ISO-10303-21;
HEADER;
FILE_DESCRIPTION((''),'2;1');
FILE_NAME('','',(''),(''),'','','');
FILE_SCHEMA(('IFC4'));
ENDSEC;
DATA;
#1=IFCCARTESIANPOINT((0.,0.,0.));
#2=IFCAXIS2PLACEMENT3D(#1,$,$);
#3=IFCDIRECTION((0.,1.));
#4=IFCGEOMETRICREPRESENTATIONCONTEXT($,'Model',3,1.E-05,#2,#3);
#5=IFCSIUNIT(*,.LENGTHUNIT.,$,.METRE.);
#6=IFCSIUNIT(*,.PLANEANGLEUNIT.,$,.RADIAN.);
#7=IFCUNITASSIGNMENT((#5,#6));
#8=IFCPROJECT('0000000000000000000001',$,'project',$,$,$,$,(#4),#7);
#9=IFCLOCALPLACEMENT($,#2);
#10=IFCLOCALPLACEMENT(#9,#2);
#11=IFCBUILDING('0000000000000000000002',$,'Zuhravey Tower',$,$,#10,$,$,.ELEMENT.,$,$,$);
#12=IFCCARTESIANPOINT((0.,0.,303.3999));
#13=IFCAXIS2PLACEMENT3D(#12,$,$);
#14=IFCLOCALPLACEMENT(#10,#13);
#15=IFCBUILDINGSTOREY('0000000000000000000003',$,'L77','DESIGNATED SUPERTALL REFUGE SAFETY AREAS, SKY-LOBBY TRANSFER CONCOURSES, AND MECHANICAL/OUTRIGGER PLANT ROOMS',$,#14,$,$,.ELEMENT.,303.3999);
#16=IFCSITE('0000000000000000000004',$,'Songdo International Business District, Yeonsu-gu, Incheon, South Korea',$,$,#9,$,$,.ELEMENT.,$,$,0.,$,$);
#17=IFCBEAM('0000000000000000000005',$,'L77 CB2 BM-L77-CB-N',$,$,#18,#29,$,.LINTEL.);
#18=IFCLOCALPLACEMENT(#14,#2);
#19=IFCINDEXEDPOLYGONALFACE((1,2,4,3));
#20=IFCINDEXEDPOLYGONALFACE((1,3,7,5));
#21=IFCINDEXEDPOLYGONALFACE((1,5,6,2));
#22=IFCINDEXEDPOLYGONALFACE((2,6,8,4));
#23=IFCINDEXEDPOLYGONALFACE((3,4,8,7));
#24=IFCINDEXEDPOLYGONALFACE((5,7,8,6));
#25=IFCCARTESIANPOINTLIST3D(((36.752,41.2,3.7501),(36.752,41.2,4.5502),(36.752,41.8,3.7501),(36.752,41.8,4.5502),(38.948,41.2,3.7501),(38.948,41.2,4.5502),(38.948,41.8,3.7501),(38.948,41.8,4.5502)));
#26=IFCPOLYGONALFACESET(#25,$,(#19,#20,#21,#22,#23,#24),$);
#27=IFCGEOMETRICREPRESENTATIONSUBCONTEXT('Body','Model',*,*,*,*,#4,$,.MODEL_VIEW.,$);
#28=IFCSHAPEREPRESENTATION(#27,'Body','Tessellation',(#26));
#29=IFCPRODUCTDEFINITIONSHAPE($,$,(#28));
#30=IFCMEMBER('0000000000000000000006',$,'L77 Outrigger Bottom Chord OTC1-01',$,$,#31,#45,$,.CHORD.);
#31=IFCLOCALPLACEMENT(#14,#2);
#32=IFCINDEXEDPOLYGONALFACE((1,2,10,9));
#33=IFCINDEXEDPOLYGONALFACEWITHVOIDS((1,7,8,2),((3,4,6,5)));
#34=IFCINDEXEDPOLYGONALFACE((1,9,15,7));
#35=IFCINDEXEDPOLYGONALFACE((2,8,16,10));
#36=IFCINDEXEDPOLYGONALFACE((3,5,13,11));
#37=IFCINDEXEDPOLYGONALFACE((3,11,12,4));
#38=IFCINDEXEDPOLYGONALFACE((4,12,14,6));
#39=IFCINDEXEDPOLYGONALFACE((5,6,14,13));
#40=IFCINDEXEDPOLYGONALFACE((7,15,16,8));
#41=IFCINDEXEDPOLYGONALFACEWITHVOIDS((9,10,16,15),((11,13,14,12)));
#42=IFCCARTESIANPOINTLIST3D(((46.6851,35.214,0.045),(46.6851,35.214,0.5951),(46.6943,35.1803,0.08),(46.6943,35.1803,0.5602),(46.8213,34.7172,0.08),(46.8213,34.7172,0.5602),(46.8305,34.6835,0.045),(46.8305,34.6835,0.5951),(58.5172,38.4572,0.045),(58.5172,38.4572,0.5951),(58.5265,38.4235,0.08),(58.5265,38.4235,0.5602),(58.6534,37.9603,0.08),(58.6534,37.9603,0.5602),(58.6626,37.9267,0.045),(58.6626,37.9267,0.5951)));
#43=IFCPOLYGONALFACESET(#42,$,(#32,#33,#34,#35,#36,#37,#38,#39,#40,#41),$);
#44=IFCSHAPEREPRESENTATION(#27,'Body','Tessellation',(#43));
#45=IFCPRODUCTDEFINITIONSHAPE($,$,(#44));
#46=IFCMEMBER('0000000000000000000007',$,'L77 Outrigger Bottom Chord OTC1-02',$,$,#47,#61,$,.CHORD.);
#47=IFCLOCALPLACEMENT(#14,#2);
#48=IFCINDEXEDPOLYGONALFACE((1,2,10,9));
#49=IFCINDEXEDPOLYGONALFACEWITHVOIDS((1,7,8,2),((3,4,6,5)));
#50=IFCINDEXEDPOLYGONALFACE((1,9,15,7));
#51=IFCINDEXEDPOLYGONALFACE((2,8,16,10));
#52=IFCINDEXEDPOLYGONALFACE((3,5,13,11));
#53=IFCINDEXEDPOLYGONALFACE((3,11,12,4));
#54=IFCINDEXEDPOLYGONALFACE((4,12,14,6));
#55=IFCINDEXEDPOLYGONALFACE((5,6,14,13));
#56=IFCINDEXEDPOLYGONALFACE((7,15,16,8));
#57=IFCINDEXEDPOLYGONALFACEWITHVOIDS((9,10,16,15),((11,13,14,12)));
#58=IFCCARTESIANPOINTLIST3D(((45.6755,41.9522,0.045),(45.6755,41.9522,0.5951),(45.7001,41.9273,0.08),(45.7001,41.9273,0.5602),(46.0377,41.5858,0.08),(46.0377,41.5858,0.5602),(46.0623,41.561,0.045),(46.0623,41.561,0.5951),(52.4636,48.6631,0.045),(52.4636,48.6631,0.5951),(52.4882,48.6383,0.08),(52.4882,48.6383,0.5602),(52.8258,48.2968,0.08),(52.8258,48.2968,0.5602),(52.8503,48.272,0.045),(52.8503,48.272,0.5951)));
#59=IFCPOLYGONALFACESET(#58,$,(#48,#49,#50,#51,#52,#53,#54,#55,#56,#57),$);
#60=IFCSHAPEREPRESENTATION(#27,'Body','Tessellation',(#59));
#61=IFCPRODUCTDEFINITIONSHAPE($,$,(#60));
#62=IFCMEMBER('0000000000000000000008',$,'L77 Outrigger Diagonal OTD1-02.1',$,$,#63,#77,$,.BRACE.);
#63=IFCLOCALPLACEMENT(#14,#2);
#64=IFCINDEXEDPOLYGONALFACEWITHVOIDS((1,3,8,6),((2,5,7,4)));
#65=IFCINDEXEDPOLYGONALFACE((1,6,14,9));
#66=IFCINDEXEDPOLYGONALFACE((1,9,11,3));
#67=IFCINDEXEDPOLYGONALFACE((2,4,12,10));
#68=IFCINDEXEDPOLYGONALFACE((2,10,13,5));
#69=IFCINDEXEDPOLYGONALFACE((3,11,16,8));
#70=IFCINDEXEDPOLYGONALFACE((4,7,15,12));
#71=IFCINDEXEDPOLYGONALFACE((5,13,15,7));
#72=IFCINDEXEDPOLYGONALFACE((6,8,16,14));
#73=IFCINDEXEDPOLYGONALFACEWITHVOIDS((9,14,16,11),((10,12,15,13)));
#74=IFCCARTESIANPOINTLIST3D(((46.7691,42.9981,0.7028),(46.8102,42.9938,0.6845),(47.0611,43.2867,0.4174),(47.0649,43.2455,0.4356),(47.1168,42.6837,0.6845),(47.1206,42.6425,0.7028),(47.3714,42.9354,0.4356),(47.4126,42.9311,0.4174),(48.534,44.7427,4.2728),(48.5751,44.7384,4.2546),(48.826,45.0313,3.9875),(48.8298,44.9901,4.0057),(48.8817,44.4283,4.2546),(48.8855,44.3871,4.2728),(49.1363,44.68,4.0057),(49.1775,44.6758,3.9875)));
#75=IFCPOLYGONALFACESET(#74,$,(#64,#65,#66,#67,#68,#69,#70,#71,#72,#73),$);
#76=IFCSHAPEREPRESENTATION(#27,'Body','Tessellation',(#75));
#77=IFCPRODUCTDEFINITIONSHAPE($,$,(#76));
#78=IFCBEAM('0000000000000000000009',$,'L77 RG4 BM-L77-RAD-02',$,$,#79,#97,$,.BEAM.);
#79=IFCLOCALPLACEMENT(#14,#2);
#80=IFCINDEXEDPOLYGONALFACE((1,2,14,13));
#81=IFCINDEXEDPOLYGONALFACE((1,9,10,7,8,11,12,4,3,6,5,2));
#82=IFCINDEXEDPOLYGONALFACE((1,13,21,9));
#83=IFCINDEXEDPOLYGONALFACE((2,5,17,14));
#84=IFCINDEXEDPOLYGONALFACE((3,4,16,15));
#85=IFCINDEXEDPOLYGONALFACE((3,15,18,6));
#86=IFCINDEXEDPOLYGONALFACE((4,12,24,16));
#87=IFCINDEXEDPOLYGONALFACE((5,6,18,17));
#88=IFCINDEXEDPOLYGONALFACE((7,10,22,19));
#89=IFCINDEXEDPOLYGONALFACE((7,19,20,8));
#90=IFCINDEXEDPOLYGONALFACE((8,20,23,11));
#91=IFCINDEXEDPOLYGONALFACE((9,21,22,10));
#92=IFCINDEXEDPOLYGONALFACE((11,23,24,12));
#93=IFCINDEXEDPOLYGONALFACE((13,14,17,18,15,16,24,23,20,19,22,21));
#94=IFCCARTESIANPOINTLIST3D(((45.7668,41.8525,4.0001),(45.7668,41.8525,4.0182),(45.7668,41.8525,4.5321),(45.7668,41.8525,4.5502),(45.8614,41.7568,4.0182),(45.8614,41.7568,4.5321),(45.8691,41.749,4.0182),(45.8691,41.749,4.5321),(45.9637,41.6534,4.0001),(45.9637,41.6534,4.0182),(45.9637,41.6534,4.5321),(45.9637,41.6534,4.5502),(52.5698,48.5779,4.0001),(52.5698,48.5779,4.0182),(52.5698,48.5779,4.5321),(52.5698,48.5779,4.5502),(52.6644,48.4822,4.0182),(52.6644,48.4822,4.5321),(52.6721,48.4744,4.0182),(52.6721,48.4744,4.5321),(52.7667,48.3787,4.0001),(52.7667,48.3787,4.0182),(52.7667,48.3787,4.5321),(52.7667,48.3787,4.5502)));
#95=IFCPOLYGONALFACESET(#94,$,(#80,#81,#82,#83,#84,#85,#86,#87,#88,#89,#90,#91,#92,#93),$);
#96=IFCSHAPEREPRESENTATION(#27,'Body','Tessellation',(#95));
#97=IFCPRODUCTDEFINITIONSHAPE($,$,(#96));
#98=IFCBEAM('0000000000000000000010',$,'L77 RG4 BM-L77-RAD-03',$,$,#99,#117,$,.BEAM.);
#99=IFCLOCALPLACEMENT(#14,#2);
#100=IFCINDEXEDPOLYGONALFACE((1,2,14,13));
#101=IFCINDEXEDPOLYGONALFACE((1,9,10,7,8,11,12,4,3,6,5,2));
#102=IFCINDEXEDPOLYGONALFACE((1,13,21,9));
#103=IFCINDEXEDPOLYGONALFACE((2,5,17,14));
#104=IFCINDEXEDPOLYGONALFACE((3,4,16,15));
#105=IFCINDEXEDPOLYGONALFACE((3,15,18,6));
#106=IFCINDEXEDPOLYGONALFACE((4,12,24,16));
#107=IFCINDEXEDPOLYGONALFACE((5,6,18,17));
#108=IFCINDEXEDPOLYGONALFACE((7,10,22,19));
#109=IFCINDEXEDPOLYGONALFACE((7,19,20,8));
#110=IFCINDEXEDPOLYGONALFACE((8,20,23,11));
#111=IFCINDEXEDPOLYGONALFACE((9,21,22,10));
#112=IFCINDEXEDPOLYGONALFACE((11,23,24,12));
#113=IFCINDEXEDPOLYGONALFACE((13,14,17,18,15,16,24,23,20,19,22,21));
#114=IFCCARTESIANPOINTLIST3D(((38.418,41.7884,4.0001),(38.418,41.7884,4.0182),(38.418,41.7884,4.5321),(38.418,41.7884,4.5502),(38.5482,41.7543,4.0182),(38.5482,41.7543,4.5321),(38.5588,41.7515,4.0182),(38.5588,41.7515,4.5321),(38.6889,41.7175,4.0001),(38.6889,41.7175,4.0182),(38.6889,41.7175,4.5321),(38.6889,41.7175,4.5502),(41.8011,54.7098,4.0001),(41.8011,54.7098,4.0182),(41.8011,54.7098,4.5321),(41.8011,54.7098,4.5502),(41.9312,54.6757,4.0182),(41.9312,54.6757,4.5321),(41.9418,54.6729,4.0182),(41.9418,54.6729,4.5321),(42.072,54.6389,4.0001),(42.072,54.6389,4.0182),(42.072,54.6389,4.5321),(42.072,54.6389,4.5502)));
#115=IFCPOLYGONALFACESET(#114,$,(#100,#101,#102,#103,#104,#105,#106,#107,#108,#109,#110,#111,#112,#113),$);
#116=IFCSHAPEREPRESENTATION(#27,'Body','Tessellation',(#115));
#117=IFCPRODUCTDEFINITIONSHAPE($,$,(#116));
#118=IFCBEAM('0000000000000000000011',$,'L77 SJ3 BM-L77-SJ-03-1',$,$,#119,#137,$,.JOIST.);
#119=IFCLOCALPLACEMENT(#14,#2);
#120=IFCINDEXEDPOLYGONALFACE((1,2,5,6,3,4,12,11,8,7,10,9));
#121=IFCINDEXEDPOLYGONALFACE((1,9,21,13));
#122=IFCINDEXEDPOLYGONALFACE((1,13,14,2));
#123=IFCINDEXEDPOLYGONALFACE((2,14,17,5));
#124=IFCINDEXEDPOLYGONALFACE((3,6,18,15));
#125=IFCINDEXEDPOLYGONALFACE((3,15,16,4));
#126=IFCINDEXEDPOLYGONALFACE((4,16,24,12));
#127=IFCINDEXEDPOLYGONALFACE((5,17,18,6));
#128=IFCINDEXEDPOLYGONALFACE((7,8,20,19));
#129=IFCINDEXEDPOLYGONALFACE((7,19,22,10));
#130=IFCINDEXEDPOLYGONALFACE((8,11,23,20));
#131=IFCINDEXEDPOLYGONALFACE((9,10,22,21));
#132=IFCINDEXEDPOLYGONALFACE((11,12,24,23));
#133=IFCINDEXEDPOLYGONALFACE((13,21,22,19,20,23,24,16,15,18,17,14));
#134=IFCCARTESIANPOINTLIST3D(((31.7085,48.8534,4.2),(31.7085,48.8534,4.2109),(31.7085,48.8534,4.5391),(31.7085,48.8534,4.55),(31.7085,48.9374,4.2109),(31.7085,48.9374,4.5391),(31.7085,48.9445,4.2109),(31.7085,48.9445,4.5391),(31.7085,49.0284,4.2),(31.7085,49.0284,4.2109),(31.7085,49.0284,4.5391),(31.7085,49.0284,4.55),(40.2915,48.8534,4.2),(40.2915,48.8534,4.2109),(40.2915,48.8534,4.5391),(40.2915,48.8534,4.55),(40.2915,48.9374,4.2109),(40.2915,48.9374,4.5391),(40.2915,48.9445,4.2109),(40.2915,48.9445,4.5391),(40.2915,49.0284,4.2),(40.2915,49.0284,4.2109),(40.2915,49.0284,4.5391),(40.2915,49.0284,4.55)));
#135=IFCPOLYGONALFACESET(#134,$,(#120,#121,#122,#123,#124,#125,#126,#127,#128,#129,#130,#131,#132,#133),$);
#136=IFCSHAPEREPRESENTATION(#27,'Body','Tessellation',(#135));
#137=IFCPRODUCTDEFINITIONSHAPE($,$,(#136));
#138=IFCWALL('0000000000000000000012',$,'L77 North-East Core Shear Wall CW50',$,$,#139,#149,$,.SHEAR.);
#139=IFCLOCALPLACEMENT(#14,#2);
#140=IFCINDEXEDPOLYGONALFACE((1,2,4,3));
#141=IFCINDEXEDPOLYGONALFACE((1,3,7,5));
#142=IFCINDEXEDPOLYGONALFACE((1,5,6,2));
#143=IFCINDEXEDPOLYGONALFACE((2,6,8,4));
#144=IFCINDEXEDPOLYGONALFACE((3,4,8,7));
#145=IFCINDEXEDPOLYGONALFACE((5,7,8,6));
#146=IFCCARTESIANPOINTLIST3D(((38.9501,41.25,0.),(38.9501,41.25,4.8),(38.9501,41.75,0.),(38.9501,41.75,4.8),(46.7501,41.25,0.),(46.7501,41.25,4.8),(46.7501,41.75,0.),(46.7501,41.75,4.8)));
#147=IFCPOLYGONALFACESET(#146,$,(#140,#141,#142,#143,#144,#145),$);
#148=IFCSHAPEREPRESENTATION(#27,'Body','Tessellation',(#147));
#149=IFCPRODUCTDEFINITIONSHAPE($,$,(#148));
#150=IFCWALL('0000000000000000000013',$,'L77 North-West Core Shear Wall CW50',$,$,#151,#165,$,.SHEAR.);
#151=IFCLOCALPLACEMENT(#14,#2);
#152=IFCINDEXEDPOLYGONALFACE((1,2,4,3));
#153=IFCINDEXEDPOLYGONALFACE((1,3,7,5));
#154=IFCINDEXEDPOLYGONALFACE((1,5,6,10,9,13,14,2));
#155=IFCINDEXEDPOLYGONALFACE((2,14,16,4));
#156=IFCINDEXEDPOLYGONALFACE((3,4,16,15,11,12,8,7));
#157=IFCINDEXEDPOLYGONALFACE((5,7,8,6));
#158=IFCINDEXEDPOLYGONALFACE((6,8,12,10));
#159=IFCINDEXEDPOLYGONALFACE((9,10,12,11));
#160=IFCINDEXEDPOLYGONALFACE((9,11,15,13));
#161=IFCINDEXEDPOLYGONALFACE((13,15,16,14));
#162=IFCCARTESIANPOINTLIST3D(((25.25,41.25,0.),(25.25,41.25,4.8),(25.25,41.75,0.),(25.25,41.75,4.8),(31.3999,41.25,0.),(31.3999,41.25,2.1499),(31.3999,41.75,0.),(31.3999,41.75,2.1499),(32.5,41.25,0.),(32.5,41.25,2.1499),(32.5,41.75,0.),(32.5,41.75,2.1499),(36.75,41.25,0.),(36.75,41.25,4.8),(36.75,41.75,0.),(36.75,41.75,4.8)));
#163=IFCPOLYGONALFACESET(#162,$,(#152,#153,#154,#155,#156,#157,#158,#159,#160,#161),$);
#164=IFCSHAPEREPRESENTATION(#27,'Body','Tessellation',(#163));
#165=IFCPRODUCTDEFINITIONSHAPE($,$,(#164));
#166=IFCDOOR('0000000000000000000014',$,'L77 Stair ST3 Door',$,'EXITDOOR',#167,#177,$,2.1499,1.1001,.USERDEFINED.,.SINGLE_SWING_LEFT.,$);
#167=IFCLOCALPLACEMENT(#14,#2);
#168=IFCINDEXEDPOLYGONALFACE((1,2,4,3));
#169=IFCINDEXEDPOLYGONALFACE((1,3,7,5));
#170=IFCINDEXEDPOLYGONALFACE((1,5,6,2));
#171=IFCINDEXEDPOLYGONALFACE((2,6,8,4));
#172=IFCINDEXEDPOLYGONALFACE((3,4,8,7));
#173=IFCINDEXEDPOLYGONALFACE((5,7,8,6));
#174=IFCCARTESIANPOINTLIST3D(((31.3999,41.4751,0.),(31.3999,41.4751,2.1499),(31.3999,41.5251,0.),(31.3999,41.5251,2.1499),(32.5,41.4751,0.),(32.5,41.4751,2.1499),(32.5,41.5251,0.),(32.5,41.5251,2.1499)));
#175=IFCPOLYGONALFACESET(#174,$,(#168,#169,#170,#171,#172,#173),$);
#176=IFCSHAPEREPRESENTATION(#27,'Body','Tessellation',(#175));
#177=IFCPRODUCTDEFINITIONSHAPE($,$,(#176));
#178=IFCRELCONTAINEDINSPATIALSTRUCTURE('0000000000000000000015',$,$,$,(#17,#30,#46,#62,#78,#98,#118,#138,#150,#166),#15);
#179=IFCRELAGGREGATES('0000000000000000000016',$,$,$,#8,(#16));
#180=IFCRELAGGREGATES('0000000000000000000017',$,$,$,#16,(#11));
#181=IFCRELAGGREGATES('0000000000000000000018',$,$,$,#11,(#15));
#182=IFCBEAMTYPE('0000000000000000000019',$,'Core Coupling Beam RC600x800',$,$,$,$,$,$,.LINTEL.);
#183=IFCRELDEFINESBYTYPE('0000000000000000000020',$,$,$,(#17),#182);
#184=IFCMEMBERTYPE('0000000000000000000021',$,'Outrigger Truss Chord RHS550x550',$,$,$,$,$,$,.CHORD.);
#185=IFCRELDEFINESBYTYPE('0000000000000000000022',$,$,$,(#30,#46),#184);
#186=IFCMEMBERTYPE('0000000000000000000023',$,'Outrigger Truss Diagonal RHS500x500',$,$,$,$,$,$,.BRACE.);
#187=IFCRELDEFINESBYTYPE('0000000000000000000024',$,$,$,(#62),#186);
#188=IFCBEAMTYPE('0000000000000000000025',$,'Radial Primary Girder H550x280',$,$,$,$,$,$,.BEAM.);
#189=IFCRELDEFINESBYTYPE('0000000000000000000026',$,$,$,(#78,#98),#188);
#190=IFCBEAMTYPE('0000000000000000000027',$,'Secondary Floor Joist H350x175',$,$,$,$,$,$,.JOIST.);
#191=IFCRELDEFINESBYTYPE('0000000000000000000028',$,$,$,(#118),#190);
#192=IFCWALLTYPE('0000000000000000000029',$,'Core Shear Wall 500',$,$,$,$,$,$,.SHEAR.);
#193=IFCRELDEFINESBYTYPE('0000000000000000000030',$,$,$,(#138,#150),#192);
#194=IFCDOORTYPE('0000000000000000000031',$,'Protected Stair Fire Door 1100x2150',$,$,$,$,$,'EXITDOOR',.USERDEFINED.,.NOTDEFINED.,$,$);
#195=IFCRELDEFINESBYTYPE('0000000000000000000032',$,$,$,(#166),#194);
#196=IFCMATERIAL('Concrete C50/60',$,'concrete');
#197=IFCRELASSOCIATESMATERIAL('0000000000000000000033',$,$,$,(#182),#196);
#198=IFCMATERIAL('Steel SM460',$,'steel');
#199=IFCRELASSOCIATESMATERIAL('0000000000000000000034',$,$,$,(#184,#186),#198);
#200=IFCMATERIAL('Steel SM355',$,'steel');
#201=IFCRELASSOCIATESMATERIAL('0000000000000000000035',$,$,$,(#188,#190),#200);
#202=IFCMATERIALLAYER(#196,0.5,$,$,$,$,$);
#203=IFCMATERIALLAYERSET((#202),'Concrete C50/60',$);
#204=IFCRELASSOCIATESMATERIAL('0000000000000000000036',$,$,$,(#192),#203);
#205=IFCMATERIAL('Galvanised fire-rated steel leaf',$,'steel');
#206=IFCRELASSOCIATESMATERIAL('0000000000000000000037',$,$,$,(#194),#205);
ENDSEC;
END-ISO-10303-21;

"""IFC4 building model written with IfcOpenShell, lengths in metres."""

from ifc_helpers import new_model, si_unit, direction, frame, frame_2d, origin, origin_2d, place, context, subcontext, project, spatial, rectangle, hollow_rectangle, i_section, extrude, material, layer, layer_set, material_profile, profile_set, type_object, element, fill, save


model = new_model("IFC4")

# Units and contexts
model_context = context("Model", 3, precision=1e-05, world=origin(), true_north=direction((0.0, 1.0)))
body_context = subcontext(model_context, "Body", "Model", "MODEL_VIEW")
ifc_project = project(units=[si_unit("LENGTHUNIT", "METRE"), si_unit("PLANEANGLEUNIT", "RADIAN")], contexts=[model_context])

# Site, building, storey
site_placement = place(None, origin())
site = spatial("IfcSite", under=ifc_project, at=site_placement, Name="Songdo International Business District, Yeonsu-gu, Incheon, South Korea", CompositionType="ELEMENT", RefElevation=0.0)
building_placement = place(site_placement, origin())
building = spatial("IfcBuilding", under=site, at=building_placement, Name="Zuhravey Tower", CompositionType="ELEMENT")
storey_placement = place(building_placement, frame((0.0, 0.0, 303.3999)))
storey = spatial("IfcBuildingStorey", under=building, at=storey_placement, Name="L77", Description="DESIGNATED SUPERTALL REFUGE SAFETY AREAS, SKY-LOBBY TRANSFER CONCOURSES, AND MECHANICAL/OUTRIGGER PLANT ROOMS", CompositionType="ELEMENT", Elevation=303.3999)

# Beam
ifc_material_1 = material(Name="Concrete C50/60", Category="concrete")
ifc_material_profile_1 = material_profile(ifc_material_1, rectangle(XDim=0.6001, YDim=0.8, at=origin_2d()), Name="RC-600x800")
ifc_profile_set_1 = profile_set([ifc_material_profile_1], Name="Concrete C50/60")
beam_type_1 = type_object("IfcBeamType", Name="Core Coupling Beam RC600x800", PredefinedType="LINTEL", material=ifc_profile_set_1)
beam_1_placement = place(storey_placement, frame((36.752, 41.5, 4.1501), z_axis=(1.0, 0.0, 0.0), x_axis=(0.0, 1.0, 0.0)))
element("IfcBeam", 1, at=beam_1_placement, inside=storey, type_object=beam_type_1, Name="L77 CB2 BM-L77-CB-N", PredefinedType="LINTEL", context=body_context, shape_type="SweptSolid", body=[
    extrude(rectangle(XDim=0.6001, YDim=0.8, at=origin_2d()), origin(), (0.0, 0.0, 1.0), 2.196),
])

# Members
ifc_material_2 = material(Name="Steel SM460", Category="steel")
ifc_material_profile_2 = material_profile(ifc_material_2, hollow_rectangle(XDim=0.55, YDim=0.55, WallThickness=0.0349, at=origin_2d()), Name="RHS-550x550x35")
ifc_profile_set_2 = profile_set([ifc_material_profile_2], Name="Steel SM460")
member_type_1 = type_object("IfcMemberType", Name="Outrigger Truss Chord RHS550x550", PredefinedType="CHORD", material=ifc_profile_set_2)
member_1_placement = place(storey_placement, frame((46.7578, 34.9487, 0.3201), z_axis=(0.964427, 0.26435, 0.0), x_axis=(-0.26435, 0.964427, 0.0)))
element("IfcMember", 2, at=member_1_placement, inside=storey, type_object=member_type_1, Name="L77 Outrigger Bottom Chord OTC1-01", PredefinedType="CHORD", context=body_context, shape_type="SweptSolid", body=[
    extrude(hollow_rectangle(XDim=0.55, YDim=0.55, WallThickness=0.0349, at=origin_2d()), origin(), (0.0, 0.0, 1.0), 12.2686),
])
member_2_placement = place(storey_placement, frame((45.8689, 41.7566, 0.3201), z_axis=(0.711136, 0.703054, 0.0), x_axis=(-0.703054, 0.711136, 0.0)))
element("IfcMember", 3, at=member_2_placement, inside=storey, type_object=member_type_1, Name="L77 Outrigger Bottom Chord OTC1-02", PredefinedType="CHORD", context=body_context, shape_type="SweptSolid", body=[
    extrude(hollow_rectangle(XDim=0.55, YDim=0.55, WallThickness=0.0349, at=origin_2d()), origin(), (0.0, 0.0, 1.0), 9.5454),
])
ifc_material_profile_3 = material_profile(ifc_material_2, hollow_rectangle(XDim=0.5, YDim=0.5, WallThickness=0.032, at=origin_2d()), Name="RHS-500x500x32")
ifc_profile_set_3 = profile_set([ifc_material_profile_3], Name="Steel SM460")
member_type_2 = type_object("IfcMemberType", Name="Outrigger Truss Diagonal RHS500x500", PredefinedType="BRACE", material=ifc_profile_set_3)
member_3_placement = place(storey_placement, frame((47.0908, 42.9646, 0.5601), z_axis=(0.405921, 0.401261, 0.821108), x_axis=(-0.703012, 0.711178, 0.0)))
element("IfcMember", 4, at=member_3_placement, inside=storey, type_object=member_type_2, Name="L77 Outrigger Diagonal OTD1-02.1", PredefinedType="BRACE", context=body_context, shape_type="SweptSolid", body=[
    extrude(hollow_rectangle(XDim=0.5, YDim=0.5, WallThickness=0.032, at=origin_2d()), origin(), (0.0, 0.0, 1.0), 4.3479),
])

# Beams
ifc_material_3 = material(Name="Steel SM355", Category="steel")
ifc_material_profile_4 = material_profile(ifc_material_3, i_section(OverallWidth=0.28, OverallDepth=0.55, WebThickness=0.011, FlangeThickness=0.0181, at=origin_2d()), Name="H-550x280x11x18")
ifc_profile_set_4 = profile_set([ifc_material_profile_4], Name="Steel SM355")
beam_type_2 = type_object("IfcBeamType", Name="Radial Primary Girder H550x280", PredefinedType="BEAM", material=ifc_profile_set_4)
beam_2_placement = place(storey_placement, frame((45.8652, 41.7529, 4.2751), z_axis=(0.711153, 0.703037, 0.0), x_axis=(-0.703037, 0.711153, 0.0)))
element("IfcBeam", 5, at=beam_2_placement, inside=storey, type_object=beam_type_2, Name="L77 RG4 BM-L77-RAD-02", PredefinedType="BEAM", context=body_context, shape_type="SweptSolid", body=[
    extrude(i_section(OverallWidth=0.28, OverallDepth=0.55, WebThickness=0.011, FlangeThickness=0.0181, at=origin_2d()), origin(), (0.0, 0.0, 1.0), 9.5662),
])
beam_3_placement = place(storey_placement, frame((38.5535, 41.7529, 4.2751), z_axis=(0.253281, 0.967393, 0.0), x_axis=(-0.967393, 0.253281, 0.0)))
element("IfcBeam", 6, at=beam_3_placement, inside=storey, type_object=beam_type_2, Name="L77 RG4 BM-L77-RAD-03", PredefinedType="BEAM", context=body_context, shape_type="SweptSolid", body=[
    extrude(i_section(OverallWidth=0.28, OverallDepth=0.55, WebThickness=0.011, FlangeThickness=0.0181, at=origin_2d()), origin(), (0.0, 0.0, 1.0), 13.3569),
])
ifc_material_profile_5 = material_profile(ifc_material_3, i_section(OverallWidth=0.175, OverallDepth=0.3501, WebThickness=0.0071, FlangeThickness=0.011, at=origin_2d()), Name="H-350x175x7x11")
ifc_profile_set_5 = profile_set([ifc_material_profile_5], Name="Steel SM355")
beam_type_3 = type_object("IfcBeamType", Name="Secondary Floor Joist H350x175", PredefinedType="JOIST", material=ifc_profile_set_5)
beam_4_placement = place(storey_placement, frame((40.2915, 48.9409, 4.375), z_axis=(-1.0, 0.0, 0.0), x_axis=(0.0, -1.0, 0.0)))
element("IfcBeam", 7, at=beam_4_placement, inside=storey, type_object=beam_type_3, Name="L77 SJ3 BM-L77-SJ-03-1", PredefinedType="JOIST", context=body_context, shape_type="SweptSolid", body=[
    extrude(i_section(OverallWidth=0.175, OverallDepth=0.3501, WebThickness=0.0071, FlangeThickness=0.011, at=origin_2d()), origin(), (0.0, 0.0, 1.0), 8.583),
])

# Wall
ifc_layer_1 = layer(ifc_material_1, 0.5)
ifc_layer_set_1 = layer_set([ifc_layer_1], Name="Concrete C50/60")
wall_type_1 = type_object("IfcWallType", Name="Core Shear Wall 500", PredefinedType="SHEAR", material=ifc_layer_set_1)
wall_1_placement = place(storey_placement, frame((46.75, 41.5, 0.0), z_axis=(0.0, 0.0, 1.0), x_axis=(-1.0, 0.0, 0.0)))
element("IfcWall", 8, at=wall_1_placement, inside=storey, type_object=wall_type_1, Name="L77 North-East Core Shear Wall CW50", PredefinedType="SHEAR", context=body_context, shape_type="SweptSolid", body=[
    extrude(rectangle(XDim=7.8, YDim=0.5, at=frame_2d((3.8999, 0.0))), origin(), (0.0, 0.0, 1.0), 4.8),
])

# Wall, opening, door
wall_2_placement = place(storey_placement, frame((36.75, 41.5, 0.0), z_axis=(0.0, 0.0, 1.0), x_axis=(-1.0, 0.0, 0.0)))
wall_2 = element("IfcWall", 9, at=wall_2_placement, inside=storey, type_object=wall_type_1, Name="L77 North-West Core Shear Wall CW50", PredefinedType="SHEAR", context=body_context, shape_type="SweptSolid", body=[
    extrude(rectangle(XDim=11.5, YDim=0.5, at=frame_2d((5.75, 0.0))), origin(), (0.0, 0.0, 1.0), 4.8),
])
opening_1_placement = place(wall_2_placement, frame((4.25, 0.0, 0.0)))
opening_1 = element("IfcOpeningElement", 10, at=opening_1_placement, cuts=wall_2, PredefinedType="OPENING", context=body_context, shape_type="SweptSolid", body=[
    extrude(rectangle(XDim=1.1001, YDim=2.1499, at=frame_2d((0.55, 1.075))), frame((0.0, 0.262, 0.0), z_axis=(0.0, -1.0, 0.0), x_axis=(1.0, 0.0, 0.0)), (0.0, 0.0, 1.0), 0.5239),
])
ifc_material_4 = material(Name="Galvanised fire-rated steel leaf", Category="steel")
door_type_1 = type_object("IfcDoorType", Name="Protected Stair Fire Door 1100x2150", ElementType="EXITDOOR", OperationType="NOTDEFINED", PredefinedType="USERDEFINED", material=ifc_material_4)
door_1_placement = place(opening_1_placement, origin())
door_1 = element("IfcDoor", 11, at=door_1_placement, inside=storey, type_object=door_type_1, Name="L77 Stair ST3 Door", ObjectType="EXITDOOR", OperationType="SINGLE_SWING_LEFT", OverallHeight=2.1499, OverallWidth=1.1001, PredefinedType="USERDEFINED", context=body_context, shape_type="SweptSolid", body=[
    extrude(rectangle(XDim=1.1001, YDim=2.1499, at=frame_2d((0.55, 1.075))), frame((0.0, 0.0249, 0.0), z_axis=(0.0, -1.0, 0.0), x_axis=(1.0, 0.0, 0.0)), (0.0, 0.0, 1.0), 0.05),
])
fill(opening_1, door_1)

save(model, "model.ifc")
